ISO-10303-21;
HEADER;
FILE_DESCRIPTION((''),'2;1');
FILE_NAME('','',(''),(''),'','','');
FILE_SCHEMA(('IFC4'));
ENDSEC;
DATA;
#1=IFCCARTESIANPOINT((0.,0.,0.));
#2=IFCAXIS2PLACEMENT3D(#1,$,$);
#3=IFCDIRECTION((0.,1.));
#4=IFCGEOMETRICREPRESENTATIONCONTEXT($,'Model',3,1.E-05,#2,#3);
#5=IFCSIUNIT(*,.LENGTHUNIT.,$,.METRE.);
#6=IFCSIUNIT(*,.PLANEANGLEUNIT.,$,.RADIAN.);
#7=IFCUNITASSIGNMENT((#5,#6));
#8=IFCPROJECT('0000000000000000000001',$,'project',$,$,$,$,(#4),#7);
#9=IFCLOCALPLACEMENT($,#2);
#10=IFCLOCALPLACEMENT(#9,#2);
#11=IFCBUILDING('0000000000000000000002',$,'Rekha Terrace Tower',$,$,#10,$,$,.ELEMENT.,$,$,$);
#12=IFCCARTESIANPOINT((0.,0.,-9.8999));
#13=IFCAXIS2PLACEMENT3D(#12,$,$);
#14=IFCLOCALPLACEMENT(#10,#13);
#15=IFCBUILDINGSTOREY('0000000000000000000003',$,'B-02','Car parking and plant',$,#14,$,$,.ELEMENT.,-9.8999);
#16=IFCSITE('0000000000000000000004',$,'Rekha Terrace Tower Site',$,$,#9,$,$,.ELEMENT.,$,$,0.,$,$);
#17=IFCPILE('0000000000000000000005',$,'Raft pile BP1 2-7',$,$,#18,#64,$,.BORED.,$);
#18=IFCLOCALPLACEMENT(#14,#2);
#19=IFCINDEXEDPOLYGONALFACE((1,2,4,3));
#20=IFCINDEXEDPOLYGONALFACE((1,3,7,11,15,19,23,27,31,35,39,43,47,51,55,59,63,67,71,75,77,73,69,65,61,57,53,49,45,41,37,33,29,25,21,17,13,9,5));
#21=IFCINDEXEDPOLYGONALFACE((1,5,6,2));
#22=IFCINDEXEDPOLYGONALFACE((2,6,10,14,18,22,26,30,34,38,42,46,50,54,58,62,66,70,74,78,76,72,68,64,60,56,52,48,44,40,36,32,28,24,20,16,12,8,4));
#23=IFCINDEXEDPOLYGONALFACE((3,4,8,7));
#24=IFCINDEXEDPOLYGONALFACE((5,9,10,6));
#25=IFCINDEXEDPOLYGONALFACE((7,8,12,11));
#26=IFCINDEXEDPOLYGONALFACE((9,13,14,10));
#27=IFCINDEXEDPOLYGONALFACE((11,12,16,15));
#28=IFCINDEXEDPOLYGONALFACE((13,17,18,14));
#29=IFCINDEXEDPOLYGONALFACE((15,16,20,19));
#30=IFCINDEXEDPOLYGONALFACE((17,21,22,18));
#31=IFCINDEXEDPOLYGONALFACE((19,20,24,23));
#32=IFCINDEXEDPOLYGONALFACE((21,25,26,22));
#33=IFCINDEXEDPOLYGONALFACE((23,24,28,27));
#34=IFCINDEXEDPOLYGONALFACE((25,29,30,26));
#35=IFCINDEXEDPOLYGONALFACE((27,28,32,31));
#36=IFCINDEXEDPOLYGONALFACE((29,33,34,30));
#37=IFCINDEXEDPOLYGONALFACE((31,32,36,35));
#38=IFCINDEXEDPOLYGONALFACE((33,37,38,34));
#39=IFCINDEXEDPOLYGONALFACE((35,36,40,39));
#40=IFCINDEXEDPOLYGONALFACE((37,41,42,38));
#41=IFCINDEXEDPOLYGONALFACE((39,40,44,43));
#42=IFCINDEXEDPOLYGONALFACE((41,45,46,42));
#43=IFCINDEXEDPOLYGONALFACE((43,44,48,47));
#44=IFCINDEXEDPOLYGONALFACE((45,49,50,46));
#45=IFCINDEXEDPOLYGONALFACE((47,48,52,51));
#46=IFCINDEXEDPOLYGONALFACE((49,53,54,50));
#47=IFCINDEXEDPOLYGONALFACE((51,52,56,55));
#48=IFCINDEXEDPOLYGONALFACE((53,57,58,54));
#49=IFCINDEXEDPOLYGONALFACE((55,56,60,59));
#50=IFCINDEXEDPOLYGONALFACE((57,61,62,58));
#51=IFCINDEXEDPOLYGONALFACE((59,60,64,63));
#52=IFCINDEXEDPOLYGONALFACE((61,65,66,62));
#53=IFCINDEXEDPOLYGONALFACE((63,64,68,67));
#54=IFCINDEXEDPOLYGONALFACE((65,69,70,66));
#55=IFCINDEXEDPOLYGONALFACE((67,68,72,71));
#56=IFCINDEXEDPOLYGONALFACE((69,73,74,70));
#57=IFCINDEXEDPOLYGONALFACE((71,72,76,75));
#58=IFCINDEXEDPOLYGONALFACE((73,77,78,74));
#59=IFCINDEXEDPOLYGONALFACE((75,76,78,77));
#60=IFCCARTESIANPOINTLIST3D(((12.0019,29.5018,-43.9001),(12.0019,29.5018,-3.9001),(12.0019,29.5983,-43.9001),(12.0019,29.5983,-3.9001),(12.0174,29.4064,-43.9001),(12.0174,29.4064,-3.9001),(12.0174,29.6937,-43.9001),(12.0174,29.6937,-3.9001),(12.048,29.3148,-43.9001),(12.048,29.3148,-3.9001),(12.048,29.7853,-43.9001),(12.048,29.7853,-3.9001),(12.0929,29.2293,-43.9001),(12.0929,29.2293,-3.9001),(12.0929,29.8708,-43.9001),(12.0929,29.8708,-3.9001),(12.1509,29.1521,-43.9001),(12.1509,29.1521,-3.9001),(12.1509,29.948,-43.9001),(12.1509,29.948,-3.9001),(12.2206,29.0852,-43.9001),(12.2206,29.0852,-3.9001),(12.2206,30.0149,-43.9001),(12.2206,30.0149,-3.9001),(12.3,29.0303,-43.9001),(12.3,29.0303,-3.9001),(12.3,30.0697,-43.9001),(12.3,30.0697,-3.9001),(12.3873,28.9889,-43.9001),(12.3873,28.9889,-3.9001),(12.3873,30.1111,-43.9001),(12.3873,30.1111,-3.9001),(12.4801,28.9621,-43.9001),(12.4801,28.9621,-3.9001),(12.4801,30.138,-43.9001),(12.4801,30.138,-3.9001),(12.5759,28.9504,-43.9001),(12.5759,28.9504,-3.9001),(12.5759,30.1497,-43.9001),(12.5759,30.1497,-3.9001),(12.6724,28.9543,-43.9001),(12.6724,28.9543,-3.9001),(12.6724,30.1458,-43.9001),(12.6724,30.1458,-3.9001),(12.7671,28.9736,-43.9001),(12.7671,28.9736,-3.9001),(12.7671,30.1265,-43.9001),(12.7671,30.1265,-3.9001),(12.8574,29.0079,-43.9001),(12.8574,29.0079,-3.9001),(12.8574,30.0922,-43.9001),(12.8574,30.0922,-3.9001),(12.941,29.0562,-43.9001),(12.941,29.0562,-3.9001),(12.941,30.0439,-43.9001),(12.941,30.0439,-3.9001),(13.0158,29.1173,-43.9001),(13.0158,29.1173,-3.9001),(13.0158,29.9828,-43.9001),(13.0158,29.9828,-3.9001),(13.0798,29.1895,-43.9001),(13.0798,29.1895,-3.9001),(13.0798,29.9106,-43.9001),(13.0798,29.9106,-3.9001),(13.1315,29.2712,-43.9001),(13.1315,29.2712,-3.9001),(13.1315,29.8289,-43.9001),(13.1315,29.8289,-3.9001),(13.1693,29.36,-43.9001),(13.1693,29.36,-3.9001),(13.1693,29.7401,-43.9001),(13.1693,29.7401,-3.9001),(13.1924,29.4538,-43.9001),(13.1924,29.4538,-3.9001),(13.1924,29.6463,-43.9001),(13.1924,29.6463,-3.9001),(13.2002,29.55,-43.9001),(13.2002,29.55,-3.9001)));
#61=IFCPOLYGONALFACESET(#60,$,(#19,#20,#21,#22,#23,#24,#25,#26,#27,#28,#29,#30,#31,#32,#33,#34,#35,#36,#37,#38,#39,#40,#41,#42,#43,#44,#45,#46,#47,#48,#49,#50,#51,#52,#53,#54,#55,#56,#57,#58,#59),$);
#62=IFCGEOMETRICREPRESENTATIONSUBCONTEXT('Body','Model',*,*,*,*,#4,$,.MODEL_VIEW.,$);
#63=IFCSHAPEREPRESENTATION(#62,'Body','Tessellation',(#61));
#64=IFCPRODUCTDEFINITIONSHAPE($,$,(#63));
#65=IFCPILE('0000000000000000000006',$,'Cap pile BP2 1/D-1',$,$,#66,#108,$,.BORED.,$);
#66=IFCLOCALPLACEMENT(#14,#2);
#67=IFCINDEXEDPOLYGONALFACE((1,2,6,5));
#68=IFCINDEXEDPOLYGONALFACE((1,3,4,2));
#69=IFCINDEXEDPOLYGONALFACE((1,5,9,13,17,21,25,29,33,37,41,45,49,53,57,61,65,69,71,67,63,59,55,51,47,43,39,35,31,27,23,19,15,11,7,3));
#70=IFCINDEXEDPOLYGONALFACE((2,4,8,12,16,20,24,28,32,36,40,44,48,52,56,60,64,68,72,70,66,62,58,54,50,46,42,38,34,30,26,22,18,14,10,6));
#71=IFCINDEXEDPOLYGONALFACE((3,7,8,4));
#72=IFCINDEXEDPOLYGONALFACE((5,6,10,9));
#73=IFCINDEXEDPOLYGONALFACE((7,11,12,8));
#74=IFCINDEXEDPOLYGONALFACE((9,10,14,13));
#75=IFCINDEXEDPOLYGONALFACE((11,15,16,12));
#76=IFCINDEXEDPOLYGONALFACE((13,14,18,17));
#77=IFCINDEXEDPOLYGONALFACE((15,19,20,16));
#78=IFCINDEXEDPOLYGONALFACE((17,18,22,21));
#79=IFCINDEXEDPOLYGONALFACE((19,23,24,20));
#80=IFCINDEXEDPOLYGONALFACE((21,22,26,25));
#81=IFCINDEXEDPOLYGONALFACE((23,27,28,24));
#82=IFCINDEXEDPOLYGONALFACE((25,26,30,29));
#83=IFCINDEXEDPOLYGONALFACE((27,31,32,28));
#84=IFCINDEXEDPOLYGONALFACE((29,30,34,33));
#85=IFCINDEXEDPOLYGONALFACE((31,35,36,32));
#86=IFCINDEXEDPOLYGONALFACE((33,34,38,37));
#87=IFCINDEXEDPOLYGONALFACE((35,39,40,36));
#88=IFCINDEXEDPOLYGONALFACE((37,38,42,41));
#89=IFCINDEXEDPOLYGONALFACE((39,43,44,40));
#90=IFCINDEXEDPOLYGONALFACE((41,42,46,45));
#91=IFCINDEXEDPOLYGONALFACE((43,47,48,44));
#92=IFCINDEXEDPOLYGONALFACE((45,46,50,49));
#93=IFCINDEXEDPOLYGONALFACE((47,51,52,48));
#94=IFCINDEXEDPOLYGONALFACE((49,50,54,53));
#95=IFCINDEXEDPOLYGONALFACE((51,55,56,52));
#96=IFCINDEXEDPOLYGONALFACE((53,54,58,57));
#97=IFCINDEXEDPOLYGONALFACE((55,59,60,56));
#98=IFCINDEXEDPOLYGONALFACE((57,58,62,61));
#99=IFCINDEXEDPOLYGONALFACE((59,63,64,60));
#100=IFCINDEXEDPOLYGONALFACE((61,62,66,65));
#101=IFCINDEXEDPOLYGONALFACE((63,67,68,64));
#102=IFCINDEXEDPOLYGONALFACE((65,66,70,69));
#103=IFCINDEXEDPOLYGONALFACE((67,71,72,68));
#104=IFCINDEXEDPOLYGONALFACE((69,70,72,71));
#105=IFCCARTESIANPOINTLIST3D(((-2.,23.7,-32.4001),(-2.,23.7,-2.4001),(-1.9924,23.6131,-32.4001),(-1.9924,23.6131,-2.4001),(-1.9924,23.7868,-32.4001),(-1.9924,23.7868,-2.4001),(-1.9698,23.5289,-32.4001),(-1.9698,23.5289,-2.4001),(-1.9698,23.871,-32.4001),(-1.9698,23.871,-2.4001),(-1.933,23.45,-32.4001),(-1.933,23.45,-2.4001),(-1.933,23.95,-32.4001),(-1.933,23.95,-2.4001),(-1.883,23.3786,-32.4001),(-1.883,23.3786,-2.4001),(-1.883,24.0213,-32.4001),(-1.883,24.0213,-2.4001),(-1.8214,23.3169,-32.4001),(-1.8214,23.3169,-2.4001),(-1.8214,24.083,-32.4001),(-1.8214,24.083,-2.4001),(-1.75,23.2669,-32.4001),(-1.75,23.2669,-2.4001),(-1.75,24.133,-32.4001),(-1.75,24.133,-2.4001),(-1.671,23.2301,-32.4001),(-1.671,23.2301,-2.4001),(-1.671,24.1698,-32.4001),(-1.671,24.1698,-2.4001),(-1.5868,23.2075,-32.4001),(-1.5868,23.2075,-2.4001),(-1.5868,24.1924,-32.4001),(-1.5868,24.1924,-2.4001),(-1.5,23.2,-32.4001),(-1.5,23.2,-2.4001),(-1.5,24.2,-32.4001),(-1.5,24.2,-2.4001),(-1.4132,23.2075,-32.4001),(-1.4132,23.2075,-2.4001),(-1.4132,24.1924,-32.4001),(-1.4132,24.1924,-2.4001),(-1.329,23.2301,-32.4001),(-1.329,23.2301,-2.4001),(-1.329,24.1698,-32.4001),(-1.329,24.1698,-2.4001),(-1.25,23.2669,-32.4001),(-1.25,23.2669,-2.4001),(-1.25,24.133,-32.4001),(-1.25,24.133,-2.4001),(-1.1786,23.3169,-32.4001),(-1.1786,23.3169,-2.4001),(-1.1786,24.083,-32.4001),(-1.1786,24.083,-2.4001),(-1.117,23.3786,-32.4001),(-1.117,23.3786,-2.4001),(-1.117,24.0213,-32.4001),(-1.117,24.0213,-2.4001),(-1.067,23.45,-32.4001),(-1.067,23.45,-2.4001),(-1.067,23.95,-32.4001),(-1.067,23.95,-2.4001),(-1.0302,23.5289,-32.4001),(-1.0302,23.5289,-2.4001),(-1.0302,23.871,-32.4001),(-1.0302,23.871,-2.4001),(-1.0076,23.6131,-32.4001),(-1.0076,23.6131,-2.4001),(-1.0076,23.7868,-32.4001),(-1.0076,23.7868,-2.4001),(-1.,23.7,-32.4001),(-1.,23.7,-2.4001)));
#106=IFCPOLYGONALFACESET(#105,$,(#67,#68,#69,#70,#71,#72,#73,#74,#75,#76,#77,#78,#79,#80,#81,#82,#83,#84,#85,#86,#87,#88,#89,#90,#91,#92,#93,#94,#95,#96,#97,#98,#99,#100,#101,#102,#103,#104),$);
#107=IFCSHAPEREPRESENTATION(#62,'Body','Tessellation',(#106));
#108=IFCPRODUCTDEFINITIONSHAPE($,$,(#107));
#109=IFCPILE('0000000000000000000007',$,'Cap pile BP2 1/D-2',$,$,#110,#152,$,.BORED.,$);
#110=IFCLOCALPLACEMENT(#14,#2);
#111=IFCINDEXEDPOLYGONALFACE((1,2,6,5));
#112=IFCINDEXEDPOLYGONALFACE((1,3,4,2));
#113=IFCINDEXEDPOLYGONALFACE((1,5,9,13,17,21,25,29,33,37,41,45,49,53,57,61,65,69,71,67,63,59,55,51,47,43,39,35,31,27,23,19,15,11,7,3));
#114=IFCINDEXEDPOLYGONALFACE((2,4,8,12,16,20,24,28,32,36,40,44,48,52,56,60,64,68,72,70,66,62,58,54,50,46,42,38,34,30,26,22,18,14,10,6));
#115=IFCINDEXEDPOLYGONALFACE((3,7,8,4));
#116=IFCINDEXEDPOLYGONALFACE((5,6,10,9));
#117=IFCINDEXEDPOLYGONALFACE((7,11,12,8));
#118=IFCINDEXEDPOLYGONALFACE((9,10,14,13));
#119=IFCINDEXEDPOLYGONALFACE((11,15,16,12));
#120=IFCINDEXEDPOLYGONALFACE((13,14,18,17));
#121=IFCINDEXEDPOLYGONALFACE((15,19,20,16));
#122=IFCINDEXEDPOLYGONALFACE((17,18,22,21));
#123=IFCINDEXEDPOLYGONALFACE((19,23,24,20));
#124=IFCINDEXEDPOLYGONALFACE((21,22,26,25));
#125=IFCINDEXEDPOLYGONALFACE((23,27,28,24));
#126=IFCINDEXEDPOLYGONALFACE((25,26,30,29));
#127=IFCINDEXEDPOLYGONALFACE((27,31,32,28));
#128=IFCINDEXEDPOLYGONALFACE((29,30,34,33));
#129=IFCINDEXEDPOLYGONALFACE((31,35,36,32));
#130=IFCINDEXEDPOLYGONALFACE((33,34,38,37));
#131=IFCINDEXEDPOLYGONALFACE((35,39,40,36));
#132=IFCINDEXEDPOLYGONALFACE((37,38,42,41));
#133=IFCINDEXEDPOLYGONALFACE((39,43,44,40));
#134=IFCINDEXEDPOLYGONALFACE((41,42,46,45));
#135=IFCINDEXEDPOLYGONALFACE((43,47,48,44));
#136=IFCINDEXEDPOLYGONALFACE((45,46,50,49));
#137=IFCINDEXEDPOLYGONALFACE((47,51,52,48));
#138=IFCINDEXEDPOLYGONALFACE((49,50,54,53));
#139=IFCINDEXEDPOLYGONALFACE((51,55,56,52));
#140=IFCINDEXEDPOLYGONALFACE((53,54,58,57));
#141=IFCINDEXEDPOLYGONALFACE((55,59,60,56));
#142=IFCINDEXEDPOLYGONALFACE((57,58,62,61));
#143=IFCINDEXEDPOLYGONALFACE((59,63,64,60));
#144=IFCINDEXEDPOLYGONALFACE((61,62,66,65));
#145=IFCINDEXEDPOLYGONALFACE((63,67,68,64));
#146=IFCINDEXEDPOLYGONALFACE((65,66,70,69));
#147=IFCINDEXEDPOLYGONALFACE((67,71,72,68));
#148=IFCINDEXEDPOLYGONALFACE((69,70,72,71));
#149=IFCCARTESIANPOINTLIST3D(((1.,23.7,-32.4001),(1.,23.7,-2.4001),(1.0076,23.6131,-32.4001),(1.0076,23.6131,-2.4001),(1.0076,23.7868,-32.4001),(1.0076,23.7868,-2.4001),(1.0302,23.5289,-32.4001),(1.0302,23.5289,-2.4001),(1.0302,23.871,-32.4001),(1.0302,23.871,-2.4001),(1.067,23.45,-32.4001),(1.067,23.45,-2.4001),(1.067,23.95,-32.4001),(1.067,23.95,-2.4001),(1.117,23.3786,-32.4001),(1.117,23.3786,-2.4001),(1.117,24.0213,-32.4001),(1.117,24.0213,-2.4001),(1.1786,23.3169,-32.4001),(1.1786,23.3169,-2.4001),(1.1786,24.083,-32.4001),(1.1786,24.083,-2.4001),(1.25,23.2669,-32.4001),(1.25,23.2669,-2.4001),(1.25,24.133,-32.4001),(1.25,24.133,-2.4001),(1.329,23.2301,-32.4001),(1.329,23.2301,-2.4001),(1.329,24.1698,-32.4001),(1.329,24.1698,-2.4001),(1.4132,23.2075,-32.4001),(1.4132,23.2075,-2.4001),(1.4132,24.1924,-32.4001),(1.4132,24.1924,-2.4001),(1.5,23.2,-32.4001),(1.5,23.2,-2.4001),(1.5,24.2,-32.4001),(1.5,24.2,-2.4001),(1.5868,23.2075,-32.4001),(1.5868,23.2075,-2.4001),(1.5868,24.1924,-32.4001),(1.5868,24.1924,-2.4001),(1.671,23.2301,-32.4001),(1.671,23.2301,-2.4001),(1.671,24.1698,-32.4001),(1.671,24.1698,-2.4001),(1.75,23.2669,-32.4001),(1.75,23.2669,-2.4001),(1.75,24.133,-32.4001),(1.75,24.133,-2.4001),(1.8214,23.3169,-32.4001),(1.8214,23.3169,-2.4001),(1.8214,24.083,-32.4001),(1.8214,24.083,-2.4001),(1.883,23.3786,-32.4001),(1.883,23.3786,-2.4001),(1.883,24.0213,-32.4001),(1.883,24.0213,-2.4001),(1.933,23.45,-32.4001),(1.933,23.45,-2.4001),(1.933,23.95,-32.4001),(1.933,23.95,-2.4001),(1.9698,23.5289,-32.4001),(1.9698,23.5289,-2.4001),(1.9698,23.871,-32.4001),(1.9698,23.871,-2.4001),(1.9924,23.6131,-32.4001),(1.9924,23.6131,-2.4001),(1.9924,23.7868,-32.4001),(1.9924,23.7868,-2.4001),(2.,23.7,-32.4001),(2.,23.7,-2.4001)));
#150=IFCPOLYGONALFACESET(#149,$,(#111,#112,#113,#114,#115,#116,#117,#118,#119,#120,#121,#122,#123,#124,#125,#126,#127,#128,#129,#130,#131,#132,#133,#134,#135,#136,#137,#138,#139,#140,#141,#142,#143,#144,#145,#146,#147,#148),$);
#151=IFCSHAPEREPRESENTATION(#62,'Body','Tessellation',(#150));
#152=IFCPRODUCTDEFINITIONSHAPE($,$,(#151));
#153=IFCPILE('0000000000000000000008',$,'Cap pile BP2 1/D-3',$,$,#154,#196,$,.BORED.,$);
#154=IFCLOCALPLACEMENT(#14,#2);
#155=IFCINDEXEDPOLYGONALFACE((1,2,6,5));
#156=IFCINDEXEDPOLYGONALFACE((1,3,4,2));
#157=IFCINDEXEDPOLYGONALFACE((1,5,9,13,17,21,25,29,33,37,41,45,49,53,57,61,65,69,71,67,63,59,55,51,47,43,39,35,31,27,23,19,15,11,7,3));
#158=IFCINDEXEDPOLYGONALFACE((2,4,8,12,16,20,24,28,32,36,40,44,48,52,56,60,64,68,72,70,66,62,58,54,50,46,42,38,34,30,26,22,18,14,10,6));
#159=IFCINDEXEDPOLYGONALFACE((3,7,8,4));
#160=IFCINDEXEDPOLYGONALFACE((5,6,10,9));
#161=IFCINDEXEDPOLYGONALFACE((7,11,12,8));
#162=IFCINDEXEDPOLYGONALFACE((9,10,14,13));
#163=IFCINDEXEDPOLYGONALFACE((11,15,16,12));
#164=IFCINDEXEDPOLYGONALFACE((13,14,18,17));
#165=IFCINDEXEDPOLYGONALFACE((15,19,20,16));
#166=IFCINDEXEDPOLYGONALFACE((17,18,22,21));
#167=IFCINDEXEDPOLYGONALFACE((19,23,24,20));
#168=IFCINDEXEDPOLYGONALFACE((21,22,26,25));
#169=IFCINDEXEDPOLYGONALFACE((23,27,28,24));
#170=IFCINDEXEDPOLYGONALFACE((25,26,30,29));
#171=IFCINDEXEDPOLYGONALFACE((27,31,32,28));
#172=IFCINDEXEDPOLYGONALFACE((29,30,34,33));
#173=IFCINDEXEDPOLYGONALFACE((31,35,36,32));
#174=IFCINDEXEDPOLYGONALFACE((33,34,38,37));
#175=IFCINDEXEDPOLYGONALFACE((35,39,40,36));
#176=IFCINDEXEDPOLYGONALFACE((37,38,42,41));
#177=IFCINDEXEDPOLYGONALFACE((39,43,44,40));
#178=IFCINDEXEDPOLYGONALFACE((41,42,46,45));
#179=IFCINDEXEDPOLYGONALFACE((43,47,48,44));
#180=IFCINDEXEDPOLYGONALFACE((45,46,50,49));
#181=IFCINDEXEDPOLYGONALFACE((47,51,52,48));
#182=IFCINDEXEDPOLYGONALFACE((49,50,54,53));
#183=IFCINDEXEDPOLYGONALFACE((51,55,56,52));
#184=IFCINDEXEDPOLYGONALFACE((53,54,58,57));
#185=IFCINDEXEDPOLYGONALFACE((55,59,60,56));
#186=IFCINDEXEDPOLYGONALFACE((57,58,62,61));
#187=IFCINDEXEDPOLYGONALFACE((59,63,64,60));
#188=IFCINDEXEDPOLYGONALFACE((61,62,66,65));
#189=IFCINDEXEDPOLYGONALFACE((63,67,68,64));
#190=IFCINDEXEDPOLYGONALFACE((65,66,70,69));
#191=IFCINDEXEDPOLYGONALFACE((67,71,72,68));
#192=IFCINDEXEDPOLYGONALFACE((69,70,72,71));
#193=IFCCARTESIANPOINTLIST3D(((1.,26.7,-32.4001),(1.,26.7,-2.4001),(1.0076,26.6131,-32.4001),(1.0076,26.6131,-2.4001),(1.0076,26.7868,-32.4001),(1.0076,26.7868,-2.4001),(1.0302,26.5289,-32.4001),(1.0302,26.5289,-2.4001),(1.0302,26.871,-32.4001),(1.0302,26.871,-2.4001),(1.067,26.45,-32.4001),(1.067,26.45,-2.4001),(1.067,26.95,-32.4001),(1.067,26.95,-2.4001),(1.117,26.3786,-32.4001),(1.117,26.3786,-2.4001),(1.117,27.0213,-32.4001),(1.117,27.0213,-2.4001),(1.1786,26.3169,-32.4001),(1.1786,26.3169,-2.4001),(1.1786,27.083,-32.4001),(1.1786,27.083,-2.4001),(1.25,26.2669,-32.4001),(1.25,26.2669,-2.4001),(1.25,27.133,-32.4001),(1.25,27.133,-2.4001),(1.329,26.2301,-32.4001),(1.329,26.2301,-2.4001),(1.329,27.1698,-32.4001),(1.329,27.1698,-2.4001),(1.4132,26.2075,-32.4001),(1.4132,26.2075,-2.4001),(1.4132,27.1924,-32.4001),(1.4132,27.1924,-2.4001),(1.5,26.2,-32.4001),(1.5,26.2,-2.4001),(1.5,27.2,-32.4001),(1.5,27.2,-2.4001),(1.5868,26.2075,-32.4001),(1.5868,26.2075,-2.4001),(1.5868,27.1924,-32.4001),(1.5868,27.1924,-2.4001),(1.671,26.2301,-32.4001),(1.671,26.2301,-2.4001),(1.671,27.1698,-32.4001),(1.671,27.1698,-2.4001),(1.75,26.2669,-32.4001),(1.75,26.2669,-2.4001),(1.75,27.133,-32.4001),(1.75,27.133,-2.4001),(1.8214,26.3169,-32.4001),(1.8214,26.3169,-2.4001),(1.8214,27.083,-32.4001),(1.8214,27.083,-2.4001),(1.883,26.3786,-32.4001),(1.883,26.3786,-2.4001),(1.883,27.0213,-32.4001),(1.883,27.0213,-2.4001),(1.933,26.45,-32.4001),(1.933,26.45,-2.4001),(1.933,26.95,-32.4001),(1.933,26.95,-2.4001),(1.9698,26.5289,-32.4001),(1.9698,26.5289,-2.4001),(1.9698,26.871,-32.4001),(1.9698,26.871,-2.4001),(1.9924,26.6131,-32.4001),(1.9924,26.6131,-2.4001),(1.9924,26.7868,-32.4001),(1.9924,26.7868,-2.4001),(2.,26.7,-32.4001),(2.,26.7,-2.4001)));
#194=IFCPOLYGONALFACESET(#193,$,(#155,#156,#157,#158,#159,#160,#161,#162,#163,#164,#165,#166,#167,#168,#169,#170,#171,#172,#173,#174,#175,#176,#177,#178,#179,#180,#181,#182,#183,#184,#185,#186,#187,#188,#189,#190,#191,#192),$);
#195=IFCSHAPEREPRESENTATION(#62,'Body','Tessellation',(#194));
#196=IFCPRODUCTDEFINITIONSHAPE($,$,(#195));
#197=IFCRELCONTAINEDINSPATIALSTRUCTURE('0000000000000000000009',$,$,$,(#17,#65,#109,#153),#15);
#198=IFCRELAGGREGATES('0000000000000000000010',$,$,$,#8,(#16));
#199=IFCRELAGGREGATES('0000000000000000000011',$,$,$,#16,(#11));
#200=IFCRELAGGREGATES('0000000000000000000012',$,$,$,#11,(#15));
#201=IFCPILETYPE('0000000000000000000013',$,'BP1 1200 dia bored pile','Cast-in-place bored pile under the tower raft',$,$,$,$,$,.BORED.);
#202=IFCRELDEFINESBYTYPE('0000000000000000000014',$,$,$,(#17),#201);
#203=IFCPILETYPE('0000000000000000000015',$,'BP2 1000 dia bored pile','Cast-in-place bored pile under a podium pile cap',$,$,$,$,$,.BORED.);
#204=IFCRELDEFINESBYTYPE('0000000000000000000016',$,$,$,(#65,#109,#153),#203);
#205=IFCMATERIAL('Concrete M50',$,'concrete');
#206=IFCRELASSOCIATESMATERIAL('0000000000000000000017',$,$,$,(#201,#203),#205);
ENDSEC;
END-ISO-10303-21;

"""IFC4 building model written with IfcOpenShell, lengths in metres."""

from ifc_helpers import new_model, si_unit, direction, frame, origin, origin_2d, place, context, subcontext, project, spatial, circle, extrude, material, type_object, element, save


model = new_model("IFC4")

# Units and contexts
model_context = context("Model", 3, precision=1e-05, world=origin(), true_north=direction((0.0, 1.0)))
body_context = subcontext(model_context, "Body", "Model", "MODEL_VIEW")
ifc_project = project(units=[si_unit("LENGTHUNIT", "METRE"), si_unit("PLANEANGLEUNIT", "RADIAN")], contexts=[model_context])

# Site, building, storey
site_placement = place(None, origin())
site = spatial("IfcSite", under=ifc_project, at=site_placement, Name="Rekha Terrace Tower Site", CompositionType="ELEMENT", RefElevation=0.0)
building_placement = place(site_placement, origin())
building = spatial("IfcBuilding", under=site, at=building_placement, Name="Rekha Terrace Tower", CompositionType="ELEMENT")
storey_placement = place(building_placement, frame((0.0, 0.0, -9.8999)))
storey = spatial("IfcBuildingStorey", under=building, at=storey_placement, Name="B-02", Description="Car parking and plant", CompositionType="ELEMENT", Elevation=-9.8999)

# Piles
ifc_material_1 = material(Name="Concrete M50", Category="concrete")
pile_type_1 = type_object("IfcPileType", Name="BP1 1200 dia bored pile", Description="Cast-in-place bored pile under the tower raft", PredefinedType="BORED", material=ifc_material_1)
for number, where, z_axis, x_axis, name in (
    (1, (12.6001, 29.55, -3.9001), (0.0, 0.0, -1.0), (1.0, 0.0, 0.0), "Raft pile BP1 2-7"),
):
    element("IfcPile", number, at=place(storey_placement, frame(where, z_axis=z_axis, x_axis=x_axis)), inside=storey, type_object=pile_type_1, Name=name, PredefinedType="BORED", context=body_context, shape_type="SweptSolid", body=[
        extrude(circle(Radius=0.6001, at=origin_2d()), origin(), (0.0, 0.0, 1.0), 40.0),
    ])
pile_type_2 = type_object("IfcPileType", Name="BP2 1000 dia bored pile", Description="Cast-in-place bored pile under a podium pile cap", PredefinedType="BORED", material=ifc_material_1)
for number, where, z_axis, x_axis, name in (
    (2, (-1.5, 23.7, -2.4001), (0.0, 0.0, -1.0), (1.0, 0.0, 0.0), "Cap pile BP2 1/D-1"),
    (3, (1.5, 23.7, -2.4001), (0.0, 0.0, -1.0), (1.0, 0.0, 0.0), "Cap pile BP2 1/D-2"),
    (4, (1.5, 26.7, -2.4001), (0.0, 0.0, -1.0), (1.0, 0.0, 0.0), "Cap pile BP2 1/D-3"),
):
    element("IfcPile", number, at=place(storey_placement, frame(where, z_axis=z_axis, x_axis=x_axis)), inside=storey, type_object=pile_type_2, Name=name, PredefinedType="BORED", context=body_context, shape_type="SweptSolid", body=[
        extrude(circle(Radius=0.5, at=origin_2d()), origin(), (0.0, 0.0, 1.0), 30.0),
    ])

save(model, "model.ifc")
